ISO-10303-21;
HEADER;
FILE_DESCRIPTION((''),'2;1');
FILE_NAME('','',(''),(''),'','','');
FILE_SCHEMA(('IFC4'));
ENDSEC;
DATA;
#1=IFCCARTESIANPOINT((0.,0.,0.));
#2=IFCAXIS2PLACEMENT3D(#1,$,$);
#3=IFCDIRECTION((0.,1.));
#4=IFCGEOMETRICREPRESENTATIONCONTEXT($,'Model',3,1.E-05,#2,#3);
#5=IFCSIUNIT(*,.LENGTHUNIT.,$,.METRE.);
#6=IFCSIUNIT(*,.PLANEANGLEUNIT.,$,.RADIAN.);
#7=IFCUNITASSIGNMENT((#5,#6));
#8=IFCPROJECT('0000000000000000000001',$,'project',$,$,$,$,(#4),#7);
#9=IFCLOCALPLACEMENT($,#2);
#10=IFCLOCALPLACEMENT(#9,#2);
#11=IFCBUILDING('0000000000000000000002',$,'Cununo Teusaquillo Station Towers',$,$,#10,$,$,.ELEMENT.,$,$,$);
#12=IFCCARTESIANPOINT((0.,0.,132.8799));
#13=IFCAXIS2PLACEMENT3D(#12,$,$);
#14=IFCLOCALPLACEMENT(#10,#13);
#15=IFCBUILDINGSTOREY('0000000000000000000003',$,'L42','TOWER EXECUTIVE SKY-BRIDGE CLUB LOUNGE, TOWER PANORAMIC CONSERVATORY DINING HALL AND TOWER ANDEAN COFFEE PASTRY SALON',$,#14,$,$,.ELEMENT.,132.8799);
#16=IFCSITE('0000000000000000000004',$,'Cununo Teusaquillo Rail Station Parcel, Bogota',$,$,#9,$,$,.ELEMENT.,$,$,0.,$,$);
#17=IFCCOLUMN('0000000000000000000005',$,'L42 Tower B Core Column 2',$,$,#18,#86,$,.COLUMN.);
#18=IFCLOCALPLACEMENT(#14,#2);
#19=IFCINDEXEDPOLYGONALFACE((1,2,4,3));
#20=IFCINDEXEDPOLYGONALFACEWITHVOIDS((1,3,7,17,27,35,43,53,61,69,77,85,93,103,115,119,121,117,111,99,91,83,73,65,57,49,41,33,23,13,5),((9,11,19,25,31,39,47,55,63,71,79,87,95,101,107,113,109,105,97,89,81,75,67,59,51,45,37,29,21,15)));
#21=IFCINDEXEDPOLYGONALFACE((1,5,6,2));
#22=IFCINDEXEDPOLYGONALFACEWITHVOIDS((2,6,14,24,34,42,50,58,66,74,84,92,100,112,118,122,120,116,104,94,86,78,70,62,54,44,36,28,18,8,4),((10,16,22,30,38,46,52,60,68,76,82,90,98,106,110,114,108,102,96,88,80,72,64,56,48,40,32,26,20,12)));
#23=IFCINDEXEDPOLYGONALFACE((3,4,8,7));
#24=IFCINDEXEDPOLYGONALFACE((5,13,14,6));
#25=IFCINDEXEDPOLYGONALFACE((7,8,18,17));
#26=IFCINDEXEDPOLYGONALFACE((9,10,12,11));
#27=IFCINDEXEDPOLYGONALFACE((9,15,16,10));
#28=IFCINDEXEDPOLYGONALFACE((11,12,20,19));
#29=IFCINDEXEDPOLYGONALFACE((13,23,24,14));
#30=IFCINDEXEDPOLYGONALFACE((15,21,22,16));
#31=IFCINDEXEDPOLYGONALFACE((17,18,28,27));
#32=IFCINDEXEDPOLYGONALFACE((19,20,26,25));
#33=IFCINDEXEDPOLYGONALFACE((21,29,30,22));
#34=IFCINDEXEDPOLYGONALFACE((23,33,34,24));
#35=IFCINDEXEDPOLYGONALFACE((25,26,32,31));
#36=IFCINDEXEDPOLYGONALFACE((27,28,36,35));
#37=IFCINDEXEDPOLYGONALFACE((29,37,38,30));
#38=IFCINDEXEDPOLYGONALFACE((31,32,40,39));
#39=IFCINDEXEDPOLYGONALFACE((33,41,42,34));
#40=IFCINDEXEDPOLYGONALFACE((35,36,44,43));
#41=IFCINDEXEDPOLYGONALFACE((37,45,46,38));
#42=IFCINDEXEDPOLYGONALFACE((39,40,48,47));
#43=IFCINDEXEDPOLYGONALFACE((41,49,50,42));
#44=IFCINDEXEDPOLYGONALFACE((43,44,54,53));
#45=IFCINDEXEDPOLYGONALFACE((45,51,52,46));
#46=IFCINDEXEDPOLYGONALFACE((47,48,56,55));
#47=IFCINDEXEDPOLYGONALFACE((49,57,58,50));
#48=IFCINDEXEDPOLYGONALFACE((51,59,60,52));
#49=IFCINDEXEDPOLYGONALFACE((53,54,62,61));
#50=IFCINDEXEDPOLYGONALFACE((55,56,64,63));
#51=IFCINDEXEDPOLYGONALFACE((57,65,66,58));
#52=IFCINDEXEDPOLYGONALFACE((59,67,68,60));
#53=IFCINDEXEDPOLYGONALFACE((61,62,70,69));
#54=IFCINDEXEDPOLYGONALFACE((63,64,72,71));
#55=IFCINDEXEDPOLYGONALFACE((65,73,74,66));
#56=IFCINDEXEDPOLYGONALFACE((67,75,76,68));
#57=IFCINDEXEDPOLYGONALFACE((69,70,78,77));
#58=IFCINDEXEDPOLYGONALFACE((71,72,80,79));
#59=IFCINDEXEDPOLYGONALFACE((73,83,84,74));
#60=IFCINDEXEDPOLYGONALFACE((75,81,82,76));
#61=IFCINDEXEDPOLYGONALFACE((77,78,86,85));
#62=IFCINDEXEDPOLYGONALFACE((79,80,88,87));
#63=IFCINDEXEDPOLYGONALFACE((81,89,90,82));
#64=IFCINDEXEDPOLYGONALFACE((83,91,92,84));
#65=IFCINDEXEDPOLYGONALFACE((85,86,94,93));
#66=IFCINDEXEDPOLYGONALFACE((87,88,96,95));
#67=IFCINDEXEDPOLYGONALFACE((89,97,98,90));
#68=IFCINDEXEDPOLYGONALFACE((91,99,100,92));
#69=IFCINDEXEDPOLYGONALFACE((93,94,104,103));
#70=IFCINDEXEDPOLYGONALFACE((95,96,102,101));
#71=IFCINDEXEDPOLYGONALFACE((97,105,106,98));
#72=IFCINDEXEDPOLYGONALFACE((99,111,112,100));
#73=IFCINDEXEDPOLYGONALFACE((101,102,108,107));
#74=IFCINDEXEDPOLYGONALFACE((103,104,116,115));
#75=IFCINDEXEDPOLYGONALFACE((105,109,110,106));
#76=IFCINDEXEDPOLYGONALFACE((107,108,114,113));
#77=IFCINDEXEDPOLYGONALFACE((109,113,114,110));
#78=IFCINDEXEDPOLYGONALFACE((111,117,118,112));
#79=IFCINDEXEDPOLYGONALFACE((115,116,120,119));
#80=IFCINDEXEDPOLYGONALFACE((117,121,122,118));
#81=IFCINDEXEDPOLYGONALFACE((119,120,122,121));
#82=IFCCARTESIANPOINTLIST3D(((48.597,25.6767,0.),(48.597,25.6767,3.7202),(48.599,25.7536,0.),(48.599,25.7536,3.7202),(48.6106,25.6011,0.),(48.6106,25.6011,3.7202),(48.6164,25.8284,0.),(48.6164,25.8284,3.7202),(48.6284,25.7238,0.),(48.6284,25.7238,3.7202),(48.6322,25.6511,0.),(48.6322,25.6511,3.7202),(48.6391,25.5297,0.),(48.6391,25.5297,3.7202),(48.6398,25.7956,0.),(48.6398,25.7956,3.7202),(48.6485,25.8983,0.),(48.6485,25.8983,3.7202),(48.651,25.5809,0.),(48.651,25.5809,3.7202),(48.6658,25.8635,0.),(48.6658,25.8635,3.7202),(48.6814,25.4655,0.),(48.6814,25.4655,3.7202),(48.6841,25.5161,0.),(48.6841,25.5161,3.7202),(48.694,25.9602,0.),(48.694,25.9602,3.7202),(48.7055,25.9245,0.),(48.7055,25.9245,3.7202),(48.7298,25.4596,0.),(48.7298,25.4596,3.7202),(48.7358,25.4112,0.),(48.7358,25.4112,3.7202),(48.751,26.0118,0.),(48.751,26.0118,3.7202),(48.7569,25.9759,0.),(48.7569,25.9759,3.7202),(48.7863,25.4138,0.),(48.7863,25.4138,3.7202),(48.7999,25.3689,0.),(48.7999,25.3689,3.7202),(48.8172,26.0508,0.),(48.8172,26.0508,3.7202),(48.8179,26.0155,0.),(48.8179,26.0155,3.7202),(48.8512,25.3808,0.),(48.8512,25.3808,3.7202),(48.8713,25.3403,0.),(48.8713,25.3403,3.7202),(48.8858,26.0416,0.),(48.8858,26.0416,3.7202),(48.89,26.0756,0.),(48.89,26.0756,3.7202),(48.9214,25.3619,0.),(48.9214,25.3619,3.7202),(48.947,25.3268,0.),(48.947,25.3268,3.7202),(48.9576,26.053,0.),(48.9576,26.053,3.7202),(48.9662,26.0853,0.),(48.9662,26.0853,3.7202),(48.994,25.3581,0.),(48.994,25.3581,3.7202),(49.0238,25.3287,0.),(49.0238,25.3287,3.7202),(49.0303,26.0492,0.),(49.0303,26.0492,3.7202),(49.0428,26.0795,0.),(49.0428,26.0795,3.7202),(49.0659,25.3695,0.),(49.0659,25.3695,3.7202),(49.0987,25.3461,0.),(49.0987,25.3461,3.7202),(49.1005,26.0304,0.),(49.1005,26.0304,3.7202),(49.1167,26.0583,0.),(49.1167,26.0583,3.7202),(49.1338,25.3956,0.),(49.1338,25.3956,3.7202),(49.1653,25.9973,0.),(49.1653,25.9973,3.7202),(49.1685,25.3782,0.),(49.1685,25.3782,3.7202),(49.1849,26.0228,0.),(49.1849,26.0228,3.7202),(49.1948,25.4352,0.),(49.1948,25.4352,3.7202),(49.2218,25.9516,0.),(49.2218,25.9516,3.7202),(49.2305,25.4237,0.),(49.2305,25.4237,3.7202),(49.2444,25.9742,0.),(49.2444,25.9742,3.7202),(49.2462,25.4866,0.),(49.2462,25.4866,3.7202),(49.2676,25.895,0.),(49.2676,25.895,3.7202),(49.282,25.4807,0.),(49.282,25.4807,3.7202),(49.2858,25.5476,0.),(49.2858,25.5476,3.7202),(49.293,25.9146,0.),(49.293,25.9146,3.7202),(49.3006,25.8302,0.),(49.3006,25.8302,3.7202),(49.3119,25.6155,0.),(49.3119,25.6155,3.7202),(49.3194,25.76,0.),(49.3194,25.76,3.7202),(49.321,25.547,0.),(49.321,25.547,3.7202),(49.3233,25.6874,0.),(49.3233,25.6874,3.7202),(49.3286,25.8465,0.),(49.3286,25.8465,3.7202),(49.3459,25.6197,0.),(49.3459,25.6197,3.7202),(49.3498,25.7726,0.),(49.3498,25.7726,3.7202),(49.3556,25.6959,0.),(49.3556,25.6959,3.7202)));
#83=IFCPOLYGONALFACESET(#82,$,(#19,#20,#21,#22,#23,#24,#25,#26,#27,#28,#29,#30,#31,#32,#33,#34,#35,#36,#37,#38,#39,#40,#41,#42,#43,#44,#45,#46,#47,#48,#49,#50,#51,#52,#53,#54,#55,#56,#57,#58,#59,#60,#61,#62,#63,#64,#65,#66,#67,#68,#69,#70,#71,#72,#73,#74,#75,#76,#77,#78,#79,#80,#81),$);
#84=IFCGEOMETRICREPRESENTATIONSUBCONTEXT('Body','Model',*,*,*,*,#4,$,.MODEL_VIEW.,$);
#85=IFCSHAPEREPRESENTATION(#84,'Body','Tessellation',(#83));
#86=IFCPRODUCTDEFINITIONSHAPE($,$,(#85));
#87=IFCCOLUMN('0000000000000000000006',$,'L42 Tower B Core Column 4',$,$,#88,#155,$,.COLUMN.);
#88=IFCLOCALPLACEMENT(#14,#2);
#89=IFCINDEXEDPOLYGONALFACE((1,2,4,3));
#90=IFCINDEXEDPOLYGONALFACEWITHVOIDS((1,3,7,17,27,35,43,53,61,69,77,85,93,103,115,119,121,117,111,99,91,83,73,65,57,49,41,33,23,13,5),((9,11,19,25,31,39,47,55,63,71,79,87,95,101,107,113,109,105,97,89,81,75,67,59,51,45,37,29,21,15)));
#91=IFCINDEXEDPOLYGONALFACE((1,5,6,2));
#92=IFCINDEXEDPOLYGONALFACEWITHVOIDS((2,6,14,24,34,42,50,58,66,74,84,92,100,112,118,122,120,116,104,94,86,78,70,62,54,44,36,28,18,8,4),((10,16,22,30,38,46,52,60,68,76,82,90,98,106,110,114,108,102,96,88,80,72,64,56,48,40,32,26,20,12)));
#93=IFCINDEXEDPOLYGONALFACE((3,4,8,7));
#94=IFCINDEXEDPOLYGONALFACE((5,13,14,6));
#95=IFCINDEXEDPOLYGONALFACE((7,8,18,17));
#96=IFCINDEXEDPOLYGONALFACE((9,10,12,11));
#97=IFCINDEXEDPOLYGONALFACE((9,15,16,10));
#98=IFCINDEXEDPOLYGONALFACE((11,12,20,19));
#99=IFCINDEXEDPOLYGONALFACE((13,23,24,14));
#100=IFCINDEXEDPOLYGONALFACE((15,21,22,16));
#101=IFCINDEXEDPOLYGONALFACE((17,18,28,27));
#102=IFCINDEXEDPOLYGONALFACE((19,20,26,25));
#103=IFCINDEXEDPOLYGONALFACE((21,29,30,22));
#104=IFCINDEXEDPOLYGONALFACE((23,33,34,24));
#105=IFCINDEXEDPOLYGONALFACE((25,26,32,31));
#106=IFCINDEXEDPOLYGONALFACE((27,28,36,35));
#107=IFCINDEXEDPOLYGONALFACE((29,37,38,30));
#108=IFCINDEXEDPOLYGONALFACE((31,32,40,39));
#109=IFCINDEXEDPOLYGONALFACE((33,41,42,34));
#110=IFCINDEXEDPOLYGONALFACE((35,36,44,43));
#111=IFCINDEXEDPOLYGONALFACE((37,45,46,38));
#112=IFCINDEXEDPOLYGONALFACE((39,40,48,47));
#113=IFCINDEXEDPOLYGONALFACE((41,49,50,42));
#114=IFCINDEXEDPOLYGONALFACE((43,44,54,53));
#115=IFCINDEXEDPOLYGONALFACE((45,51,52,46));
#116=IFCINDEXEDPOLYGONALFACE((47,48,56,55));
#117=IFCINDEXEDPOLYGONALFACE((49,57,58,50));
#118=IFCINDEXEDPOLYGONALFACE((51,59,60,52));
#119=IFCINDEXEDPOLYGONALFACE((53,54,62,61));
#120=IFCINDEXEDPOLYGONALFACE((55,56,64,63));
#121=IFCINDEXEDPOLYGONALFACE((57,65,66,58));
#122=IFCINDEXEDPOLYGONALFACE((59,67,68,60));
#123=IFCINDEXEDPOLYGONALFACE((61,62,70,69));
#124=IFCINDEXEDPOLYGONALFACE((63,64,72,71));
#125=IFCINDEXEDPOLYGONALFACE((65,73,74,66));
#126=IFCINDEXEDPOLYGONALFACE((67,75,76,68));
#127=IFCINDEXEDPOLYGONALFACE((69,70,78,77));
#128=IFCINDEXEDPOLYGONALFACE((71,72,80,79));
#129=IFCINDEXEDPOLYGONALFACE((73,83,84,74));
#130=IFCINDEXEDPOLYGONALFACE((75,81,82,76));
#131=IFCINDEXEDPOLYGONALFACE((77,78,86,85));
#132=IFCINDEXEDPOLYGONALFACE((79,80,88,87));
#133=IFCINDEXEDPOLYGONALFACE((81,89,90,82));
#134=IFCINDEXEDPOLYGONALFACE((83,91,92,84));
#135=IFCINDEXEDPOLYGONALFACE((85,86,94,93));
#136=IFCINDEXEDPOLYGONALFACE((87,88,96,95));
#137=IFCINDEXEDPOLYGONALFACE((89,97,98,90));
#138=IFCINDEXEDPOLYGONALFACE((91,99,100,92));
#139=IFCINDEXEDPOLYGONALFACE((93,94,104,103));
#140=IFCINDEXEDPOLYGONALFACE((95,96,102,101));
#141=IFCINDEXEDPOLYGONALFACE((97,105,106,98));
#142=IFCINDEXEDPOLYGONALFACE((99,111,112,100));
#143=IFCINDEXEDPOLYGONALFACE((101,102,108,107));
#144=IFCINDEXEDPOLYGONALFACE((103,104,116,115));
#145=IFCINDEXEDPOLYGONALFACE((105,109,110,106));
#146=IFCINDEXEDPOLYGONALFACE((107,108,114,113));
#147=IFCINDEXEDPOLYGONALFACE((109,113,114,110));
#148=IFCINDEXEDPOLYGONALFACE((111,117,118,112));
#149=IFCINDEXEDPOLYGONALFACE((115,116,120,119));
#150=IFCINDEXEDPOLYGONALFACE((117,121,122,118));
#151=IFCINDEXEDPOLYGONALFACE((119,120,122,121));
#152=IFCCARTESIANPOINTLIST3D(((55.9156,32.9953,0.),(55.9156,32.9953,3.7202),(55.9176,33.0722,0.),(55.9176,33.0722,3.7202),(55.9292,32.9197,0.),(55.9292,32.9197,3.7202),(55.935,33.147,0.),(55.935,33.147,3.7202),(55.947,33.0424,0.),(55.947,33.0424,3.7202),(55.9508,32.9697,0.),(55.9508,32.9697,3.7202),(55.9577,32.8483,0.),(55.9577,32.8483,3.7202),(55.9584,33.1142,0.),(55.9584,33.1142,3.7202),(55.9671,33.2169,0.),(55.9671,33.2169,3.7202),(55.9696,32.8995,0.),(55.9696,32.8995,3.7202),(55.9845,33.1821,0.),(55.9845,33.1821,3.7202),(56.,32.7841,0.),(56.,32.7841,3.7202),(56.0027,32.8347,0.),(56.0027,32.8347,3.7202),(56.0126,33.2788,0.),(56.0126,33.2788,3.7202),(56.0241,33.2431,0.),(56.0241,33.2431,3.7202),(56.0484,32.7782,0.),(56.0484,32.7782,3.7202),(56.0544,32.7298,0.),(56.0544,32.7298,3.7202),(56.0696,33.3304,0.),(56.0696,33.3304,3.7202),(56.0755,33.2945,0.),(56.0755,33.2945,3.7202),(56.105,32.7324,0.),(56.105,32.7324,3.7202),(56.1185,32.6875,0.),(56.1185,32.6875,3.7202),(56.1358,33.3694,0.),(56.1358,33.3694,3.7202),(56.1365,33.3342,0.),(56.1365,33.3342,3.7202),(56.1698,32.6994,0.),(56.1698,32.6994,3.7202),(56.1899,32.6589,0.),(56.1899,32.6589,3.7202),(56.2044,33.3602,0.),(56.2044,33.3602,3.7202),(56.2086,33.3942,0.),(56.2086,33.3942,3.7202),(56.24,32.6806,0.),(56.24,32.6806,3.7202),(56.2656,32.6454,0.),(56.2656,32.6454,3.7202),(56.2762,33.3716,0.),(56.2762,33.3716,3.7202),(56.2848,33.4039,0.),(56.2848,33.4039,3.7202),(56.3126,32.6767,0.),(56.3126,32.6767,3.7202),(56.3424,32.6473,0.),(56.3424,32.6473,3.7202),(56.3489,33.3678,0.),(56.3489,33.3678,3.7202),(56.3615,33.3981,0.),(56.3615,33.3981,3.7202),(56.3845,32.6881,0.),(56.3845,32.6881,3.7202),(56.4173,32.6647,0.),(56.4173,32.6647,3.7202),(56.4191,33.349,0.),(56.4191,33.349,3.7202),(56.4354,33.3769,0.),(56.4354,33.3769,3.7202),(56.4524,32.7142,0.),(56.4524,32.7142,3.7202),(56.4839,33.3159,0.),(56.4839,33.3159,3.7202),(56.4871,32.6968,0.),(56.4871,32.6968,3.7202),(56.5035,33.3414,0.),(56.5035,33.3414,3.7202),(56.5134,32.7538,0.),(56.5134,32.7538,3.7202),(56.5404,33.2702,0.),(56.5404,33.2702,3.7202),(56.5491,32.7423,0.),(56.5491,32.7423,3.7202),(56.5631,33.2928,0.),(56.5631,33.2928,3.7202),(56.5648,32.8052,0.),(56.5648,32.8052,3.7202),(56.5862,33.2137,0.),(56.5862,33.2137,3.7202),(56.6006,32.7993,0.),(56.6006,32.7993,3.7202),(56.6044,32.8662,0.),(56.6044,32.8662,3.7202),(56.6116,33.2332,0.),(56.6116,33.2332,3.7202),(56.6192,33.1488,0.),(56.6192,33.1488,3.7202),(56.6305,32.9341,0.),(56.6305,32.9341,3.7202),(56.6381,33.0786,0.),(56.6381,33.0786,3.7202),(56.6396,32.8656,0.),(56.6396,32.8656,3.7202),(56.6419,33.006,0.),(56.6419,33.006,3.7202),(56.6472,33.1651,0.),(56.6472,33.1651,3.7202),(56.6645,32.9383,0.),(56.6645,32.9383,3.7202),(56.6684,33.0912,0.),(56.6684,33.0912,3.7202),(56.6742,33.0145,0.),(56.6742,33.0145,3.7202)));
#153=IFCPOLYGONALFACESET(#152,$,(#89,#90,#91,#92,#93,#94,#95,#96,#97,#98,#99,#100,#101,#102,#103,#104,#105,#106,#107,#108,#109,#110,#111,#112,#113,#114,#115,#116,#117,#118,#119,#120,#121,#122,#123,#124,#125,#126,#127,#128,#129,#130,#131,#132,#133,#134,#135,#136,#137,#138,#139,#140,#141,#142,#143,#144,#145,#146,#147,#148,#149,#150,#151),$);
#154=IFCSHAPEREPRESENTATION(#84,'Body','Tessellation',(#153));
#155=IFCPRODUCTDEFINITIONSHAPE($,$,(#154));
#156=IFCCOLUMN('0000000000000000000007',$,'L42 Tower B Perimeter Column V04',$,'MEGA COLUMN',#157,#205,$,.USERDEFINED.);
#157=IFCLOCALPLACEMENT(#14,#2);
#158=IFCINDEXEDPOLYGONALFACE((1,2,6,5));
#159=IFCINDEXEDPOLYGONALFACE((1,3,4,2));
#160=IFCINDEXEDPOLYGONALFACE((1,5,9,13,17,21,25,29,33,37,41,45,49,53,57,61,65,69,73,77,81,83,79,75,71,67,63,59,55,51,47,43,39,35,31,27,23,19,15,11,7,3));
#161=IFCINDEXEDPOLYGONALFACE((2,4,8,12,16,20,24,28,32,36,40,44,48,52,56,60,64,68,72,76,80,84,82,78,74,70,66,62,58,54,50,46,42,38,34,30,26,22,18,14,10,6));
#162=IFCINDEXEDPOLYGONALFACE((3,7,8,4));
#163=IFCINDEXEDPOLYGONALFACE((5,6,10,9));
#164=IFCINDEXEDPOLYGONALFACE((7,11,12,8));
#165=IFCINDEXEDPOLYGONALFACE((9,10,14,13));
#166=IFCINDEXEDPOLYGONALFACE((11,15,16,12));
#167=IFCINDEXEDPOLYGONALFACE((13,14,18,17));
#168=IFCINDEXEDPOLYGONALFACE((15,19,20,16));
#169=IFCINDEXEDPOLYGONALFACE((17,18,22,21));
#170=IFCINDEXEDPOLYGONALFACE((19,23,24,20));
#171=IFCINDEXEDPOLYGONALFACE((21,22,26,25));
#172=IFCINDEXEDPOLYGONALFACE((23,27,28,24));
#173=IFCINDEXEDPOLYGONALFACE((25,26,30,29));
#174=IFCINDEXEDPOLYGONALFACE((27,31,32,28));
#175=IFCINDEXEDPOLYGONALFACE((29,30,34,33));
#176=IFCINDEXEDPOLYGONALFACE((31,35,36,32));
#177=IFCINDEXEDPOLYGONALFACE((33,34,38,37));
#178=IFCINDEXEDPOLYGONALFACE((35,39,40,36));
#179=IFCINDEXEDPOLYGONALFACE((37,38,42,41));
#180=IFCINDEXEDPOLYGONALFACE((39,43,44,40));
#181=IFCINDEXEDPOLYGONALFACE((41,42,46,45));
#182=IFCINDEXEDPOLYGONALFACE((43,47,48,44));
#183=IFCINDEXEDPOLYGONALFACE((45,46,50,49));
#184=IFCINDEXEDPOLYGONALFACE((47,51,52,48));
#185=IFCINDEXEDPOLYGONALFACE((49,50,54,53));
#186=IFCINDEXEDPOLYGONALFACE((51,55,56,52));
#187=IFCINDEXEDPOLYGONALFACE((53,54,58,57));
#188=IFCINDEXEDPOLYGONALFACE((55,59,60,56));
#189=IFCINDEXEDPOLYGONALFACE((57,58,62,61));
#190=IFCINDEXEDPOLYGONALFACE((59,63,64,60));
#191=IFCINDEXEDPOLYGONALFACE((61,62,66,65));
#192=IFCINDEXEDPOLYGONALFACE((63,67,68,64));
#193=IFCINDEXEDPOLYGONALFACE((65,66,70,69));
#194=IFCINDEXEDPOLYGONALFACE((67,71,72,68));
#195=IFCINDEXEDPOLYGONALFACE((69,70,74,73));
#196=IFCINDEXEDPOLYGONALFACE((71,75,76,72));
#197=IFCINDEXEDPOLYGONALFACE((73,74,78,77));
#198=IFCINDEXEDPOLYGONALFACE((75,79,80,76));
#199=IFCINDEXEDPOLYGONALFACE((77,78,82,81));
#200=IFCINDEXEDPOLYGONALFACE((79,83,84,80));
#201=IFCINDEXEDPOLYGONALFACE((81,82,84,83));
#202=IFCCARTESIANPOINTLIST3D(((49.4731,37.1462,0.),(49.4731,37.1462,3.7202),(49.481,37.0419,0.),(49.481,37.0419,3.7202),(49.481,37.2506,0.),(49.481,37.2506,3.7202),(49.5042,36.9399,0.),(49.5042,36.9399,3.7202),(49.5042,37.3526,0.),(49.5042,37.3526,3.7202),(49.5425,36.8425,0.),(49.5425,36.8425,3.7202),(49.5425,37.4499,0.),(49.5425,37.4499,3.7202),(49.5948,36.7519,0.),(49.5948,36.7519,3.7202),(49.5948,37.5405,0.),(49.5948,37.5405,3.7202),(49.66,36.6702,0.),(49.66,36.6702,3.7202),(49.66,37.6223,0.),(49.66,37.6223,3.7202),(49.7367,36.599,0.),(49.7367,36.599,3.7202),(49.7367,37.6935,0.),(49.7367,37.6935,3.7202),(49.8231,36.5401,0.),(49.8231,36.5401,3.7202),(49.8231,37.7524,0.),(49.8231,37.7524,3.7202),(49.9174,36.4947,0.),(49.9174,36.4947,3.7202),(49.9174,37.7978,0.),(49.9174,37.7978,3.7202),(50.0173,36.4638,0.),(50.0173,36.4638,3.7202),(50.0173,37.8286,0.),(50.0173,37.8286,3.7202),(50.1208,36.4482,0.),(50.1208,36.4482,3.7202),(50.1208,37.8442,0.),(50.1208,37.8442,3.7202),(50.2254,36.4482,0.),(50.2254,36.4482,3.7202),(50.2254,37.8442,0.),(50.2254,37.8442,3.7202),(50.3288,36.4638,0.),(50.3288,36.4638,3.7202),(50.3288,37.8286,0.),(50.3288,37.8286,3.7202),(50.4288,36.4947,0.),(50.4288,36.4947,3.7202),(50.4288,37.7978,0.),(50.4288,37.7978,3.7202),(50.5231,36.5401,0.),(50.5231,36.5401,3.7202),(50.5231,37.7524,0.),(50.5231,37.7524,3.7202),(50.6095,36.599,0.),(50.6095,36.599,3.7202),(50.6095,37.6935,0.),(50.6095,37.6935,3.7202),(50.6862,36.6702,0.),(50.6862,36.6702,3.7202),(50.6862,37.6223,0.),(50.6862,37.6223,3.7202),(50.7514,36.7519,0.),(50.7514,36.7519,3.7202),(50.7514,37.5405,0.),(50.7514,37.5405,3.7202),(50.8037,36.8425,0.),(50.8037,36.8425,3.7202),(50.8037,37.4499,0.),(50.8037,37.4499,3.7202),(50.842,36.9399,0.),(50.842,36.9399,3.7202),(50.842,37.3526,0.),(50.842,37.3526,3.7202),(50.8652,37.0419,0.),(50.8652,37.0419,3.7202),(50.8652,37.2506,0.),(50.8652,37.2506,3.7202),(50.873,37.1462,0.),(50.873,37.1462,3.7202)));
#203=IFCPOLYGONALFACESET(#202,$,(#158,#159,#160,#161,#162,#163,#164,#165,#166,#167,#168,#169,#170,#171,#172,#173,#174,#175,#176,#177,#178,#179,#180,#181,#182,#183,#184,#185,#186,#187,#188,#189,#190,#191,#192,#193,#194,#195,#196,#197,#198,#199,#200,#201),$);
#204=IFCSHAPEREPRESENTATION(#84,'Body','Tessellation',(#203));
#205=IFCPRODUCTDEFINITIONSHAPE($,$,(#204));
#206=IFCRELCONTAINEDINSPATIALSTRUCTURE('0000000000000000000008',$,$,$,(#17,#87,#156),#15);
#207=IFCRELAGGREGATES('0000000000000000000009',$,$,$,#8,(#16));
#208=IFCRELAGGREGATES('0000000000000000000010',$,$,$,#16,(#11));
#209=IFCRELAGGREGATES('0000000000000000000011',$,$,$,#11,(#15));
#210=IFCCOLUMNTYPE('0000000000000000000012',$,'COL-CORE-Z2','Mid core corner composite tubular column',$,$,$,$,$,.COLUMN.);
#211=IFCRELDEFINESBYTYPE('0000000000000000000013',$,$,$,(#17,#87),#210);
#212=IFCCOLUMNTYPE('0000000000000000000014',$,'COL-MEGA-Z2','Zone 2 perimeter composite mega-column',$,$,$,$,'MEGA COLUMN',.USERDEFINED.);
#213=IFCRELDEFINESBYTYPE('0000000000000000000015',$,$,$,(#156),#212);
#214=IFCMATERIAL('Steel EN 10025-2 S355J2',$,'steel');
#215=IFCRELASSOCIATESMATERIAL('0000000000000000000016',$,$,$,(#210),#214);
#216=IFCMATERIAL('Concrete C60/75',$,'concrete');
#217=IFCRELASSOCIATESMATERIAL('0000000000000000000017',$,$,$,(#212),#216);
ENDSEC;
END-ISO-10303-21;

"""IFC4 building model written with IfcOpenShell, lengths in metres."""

from ifc_helpers import new_model, si_unit, direction, frame, origin, origin_2d, place, context, subcontext, project, spatial, circle, hollow_circle, extrude, material, material_profile, profile_set, type_object, element, save


model = new_model("IFC4")

# Units and contexts
model_context = context("Model", 3, precision=1e-05, world=origin(), true_north=direction((0.0, 1.0)))
body_context = subcontext(model_context, "Body", "Model", "MODEL_VIEW")
ifc_project = project(units=[si_unit("LENGTHUNIT", "METRE"), si_unit("PLANEANGLEUNIT", "RADIAN")], contexts=[model_context])

# Site, building, storey
site_placement = place(None, origin())
site = spatial("IfcSite", under=ifc_project, at=site_placement, Name="Cununo Teusaquillo Rail Station Parcel, Bogota", CompositionType="ELEMENT", RefElevation=0.0)
building_placement = place(site_placement, origin())
building = spatial("IfcBuilding", under=site, at=building_placement, Name="Cununo Teusaquillo Station Towers", CompositionType="ELEMENT")
storey_placement = place(building_placement, frame((0.0, 0.0, 132.8799)))
storey = spatial("IfcBuildingStorey", under=building, at=storey_placement, Name="L42", Description="TOWER EXECUTIVE SKY-BRIDGE CLUB LOUNGE, TOWER PANORAMIC CONSERVATORY DINING HALL AND TOWER ANDEAN COFFEE PASTRY SALON", CompositionType="ELEMENT", Elevation=132.8799)

# Columns
ifc_material_1 = material(Name="Steel EN 10025-2 S355J2", Category="steel")
ifc_material_profile_1 = material_profile(ifc_material_1, hollow_circle(Radius=0.3799, WallThickness=0.032, at=origin_2d()), Name="CHS 760x32")
ifc_profile_set_1 = profile_set([ifc_material_profile_1], Name="Steel EN 10025-2 S355J2")
column_type_1 = type_object("IfcColumnType", Name="COL-CORE-Z2", Description="Mid core corner composite tubular column", PredefinedType="COLUMN", material=ifc_profile_set_1)
for number, where, z_axis, x_axis, name in (
    (1, (48.9758, 25.7056, 0.0), (0.0, 0.0, 1.0), (0.707107, 0.707107, 0.0), "L42 Tower B Core Column 2"),
    (2, (56.2944, 33.0242, 0.0), (0.0, 0.0, 1.0), (0.707107, 0.707107, 0.0), "L42 Tower B Core Column 4"),
):
    element("IfcColumn", number, at=place(storey_placement, frame(where, z_axis=z_axis, x_axis=x_axis)), inside=storey, type_object=column_type_1, Name=name, PredefinedType="COLUMN", context=body_context, shape_type="SweptSolid", body=[
        extrude(hollow_circle(Radius=0.3799, WallThickness=0.032, at=origin_2d()), origin(), (0.0, 0.0, 1.0), 3.7202),
    ])
ifc_material_2 = material(Name="Concrete C60/75", Category="concrete")
ifc_material_profile_2 = material_profile(ifc_material_2, circle(Radius=0.7, at=origin_2d()), Name="RC-CIRC-1400")
ifc_profile_set_2 = profile_set([ifc_material_profile_2], Name="Concrete C60/75")
column_type_2 = type_object("IfcColumnType", Name="COL-MEGA-Z2", Description="Zone 2 perimeter composite mega-column", ElementType="MEGA COLUMN", PredefinedType="USERDEFINED", material=ifc_profile_set_2)
column_placement = place(storey_placement, frame((50.1731, 37.1462, 0.0), z_axis=(0.0, 0.0, 1.0), x_axis=(1.0, 0.0, 0.0)))
element("IfcColumn", 3, at=column_placement, inside=storey, type_object=column_type_2, Name="L42 Tower B Perimeter Column V04", ObjectType="MEGA COLUMN", PredefinedType="USERDEFINED", context=body_context, shape_type="SweptSolid", body=[
    extrude(circle(Radius=0.7, at=origin_2d()), origin(), (0.0, 0.0, 1.0), 3.7202),
])

save(model, "model.ifc")
